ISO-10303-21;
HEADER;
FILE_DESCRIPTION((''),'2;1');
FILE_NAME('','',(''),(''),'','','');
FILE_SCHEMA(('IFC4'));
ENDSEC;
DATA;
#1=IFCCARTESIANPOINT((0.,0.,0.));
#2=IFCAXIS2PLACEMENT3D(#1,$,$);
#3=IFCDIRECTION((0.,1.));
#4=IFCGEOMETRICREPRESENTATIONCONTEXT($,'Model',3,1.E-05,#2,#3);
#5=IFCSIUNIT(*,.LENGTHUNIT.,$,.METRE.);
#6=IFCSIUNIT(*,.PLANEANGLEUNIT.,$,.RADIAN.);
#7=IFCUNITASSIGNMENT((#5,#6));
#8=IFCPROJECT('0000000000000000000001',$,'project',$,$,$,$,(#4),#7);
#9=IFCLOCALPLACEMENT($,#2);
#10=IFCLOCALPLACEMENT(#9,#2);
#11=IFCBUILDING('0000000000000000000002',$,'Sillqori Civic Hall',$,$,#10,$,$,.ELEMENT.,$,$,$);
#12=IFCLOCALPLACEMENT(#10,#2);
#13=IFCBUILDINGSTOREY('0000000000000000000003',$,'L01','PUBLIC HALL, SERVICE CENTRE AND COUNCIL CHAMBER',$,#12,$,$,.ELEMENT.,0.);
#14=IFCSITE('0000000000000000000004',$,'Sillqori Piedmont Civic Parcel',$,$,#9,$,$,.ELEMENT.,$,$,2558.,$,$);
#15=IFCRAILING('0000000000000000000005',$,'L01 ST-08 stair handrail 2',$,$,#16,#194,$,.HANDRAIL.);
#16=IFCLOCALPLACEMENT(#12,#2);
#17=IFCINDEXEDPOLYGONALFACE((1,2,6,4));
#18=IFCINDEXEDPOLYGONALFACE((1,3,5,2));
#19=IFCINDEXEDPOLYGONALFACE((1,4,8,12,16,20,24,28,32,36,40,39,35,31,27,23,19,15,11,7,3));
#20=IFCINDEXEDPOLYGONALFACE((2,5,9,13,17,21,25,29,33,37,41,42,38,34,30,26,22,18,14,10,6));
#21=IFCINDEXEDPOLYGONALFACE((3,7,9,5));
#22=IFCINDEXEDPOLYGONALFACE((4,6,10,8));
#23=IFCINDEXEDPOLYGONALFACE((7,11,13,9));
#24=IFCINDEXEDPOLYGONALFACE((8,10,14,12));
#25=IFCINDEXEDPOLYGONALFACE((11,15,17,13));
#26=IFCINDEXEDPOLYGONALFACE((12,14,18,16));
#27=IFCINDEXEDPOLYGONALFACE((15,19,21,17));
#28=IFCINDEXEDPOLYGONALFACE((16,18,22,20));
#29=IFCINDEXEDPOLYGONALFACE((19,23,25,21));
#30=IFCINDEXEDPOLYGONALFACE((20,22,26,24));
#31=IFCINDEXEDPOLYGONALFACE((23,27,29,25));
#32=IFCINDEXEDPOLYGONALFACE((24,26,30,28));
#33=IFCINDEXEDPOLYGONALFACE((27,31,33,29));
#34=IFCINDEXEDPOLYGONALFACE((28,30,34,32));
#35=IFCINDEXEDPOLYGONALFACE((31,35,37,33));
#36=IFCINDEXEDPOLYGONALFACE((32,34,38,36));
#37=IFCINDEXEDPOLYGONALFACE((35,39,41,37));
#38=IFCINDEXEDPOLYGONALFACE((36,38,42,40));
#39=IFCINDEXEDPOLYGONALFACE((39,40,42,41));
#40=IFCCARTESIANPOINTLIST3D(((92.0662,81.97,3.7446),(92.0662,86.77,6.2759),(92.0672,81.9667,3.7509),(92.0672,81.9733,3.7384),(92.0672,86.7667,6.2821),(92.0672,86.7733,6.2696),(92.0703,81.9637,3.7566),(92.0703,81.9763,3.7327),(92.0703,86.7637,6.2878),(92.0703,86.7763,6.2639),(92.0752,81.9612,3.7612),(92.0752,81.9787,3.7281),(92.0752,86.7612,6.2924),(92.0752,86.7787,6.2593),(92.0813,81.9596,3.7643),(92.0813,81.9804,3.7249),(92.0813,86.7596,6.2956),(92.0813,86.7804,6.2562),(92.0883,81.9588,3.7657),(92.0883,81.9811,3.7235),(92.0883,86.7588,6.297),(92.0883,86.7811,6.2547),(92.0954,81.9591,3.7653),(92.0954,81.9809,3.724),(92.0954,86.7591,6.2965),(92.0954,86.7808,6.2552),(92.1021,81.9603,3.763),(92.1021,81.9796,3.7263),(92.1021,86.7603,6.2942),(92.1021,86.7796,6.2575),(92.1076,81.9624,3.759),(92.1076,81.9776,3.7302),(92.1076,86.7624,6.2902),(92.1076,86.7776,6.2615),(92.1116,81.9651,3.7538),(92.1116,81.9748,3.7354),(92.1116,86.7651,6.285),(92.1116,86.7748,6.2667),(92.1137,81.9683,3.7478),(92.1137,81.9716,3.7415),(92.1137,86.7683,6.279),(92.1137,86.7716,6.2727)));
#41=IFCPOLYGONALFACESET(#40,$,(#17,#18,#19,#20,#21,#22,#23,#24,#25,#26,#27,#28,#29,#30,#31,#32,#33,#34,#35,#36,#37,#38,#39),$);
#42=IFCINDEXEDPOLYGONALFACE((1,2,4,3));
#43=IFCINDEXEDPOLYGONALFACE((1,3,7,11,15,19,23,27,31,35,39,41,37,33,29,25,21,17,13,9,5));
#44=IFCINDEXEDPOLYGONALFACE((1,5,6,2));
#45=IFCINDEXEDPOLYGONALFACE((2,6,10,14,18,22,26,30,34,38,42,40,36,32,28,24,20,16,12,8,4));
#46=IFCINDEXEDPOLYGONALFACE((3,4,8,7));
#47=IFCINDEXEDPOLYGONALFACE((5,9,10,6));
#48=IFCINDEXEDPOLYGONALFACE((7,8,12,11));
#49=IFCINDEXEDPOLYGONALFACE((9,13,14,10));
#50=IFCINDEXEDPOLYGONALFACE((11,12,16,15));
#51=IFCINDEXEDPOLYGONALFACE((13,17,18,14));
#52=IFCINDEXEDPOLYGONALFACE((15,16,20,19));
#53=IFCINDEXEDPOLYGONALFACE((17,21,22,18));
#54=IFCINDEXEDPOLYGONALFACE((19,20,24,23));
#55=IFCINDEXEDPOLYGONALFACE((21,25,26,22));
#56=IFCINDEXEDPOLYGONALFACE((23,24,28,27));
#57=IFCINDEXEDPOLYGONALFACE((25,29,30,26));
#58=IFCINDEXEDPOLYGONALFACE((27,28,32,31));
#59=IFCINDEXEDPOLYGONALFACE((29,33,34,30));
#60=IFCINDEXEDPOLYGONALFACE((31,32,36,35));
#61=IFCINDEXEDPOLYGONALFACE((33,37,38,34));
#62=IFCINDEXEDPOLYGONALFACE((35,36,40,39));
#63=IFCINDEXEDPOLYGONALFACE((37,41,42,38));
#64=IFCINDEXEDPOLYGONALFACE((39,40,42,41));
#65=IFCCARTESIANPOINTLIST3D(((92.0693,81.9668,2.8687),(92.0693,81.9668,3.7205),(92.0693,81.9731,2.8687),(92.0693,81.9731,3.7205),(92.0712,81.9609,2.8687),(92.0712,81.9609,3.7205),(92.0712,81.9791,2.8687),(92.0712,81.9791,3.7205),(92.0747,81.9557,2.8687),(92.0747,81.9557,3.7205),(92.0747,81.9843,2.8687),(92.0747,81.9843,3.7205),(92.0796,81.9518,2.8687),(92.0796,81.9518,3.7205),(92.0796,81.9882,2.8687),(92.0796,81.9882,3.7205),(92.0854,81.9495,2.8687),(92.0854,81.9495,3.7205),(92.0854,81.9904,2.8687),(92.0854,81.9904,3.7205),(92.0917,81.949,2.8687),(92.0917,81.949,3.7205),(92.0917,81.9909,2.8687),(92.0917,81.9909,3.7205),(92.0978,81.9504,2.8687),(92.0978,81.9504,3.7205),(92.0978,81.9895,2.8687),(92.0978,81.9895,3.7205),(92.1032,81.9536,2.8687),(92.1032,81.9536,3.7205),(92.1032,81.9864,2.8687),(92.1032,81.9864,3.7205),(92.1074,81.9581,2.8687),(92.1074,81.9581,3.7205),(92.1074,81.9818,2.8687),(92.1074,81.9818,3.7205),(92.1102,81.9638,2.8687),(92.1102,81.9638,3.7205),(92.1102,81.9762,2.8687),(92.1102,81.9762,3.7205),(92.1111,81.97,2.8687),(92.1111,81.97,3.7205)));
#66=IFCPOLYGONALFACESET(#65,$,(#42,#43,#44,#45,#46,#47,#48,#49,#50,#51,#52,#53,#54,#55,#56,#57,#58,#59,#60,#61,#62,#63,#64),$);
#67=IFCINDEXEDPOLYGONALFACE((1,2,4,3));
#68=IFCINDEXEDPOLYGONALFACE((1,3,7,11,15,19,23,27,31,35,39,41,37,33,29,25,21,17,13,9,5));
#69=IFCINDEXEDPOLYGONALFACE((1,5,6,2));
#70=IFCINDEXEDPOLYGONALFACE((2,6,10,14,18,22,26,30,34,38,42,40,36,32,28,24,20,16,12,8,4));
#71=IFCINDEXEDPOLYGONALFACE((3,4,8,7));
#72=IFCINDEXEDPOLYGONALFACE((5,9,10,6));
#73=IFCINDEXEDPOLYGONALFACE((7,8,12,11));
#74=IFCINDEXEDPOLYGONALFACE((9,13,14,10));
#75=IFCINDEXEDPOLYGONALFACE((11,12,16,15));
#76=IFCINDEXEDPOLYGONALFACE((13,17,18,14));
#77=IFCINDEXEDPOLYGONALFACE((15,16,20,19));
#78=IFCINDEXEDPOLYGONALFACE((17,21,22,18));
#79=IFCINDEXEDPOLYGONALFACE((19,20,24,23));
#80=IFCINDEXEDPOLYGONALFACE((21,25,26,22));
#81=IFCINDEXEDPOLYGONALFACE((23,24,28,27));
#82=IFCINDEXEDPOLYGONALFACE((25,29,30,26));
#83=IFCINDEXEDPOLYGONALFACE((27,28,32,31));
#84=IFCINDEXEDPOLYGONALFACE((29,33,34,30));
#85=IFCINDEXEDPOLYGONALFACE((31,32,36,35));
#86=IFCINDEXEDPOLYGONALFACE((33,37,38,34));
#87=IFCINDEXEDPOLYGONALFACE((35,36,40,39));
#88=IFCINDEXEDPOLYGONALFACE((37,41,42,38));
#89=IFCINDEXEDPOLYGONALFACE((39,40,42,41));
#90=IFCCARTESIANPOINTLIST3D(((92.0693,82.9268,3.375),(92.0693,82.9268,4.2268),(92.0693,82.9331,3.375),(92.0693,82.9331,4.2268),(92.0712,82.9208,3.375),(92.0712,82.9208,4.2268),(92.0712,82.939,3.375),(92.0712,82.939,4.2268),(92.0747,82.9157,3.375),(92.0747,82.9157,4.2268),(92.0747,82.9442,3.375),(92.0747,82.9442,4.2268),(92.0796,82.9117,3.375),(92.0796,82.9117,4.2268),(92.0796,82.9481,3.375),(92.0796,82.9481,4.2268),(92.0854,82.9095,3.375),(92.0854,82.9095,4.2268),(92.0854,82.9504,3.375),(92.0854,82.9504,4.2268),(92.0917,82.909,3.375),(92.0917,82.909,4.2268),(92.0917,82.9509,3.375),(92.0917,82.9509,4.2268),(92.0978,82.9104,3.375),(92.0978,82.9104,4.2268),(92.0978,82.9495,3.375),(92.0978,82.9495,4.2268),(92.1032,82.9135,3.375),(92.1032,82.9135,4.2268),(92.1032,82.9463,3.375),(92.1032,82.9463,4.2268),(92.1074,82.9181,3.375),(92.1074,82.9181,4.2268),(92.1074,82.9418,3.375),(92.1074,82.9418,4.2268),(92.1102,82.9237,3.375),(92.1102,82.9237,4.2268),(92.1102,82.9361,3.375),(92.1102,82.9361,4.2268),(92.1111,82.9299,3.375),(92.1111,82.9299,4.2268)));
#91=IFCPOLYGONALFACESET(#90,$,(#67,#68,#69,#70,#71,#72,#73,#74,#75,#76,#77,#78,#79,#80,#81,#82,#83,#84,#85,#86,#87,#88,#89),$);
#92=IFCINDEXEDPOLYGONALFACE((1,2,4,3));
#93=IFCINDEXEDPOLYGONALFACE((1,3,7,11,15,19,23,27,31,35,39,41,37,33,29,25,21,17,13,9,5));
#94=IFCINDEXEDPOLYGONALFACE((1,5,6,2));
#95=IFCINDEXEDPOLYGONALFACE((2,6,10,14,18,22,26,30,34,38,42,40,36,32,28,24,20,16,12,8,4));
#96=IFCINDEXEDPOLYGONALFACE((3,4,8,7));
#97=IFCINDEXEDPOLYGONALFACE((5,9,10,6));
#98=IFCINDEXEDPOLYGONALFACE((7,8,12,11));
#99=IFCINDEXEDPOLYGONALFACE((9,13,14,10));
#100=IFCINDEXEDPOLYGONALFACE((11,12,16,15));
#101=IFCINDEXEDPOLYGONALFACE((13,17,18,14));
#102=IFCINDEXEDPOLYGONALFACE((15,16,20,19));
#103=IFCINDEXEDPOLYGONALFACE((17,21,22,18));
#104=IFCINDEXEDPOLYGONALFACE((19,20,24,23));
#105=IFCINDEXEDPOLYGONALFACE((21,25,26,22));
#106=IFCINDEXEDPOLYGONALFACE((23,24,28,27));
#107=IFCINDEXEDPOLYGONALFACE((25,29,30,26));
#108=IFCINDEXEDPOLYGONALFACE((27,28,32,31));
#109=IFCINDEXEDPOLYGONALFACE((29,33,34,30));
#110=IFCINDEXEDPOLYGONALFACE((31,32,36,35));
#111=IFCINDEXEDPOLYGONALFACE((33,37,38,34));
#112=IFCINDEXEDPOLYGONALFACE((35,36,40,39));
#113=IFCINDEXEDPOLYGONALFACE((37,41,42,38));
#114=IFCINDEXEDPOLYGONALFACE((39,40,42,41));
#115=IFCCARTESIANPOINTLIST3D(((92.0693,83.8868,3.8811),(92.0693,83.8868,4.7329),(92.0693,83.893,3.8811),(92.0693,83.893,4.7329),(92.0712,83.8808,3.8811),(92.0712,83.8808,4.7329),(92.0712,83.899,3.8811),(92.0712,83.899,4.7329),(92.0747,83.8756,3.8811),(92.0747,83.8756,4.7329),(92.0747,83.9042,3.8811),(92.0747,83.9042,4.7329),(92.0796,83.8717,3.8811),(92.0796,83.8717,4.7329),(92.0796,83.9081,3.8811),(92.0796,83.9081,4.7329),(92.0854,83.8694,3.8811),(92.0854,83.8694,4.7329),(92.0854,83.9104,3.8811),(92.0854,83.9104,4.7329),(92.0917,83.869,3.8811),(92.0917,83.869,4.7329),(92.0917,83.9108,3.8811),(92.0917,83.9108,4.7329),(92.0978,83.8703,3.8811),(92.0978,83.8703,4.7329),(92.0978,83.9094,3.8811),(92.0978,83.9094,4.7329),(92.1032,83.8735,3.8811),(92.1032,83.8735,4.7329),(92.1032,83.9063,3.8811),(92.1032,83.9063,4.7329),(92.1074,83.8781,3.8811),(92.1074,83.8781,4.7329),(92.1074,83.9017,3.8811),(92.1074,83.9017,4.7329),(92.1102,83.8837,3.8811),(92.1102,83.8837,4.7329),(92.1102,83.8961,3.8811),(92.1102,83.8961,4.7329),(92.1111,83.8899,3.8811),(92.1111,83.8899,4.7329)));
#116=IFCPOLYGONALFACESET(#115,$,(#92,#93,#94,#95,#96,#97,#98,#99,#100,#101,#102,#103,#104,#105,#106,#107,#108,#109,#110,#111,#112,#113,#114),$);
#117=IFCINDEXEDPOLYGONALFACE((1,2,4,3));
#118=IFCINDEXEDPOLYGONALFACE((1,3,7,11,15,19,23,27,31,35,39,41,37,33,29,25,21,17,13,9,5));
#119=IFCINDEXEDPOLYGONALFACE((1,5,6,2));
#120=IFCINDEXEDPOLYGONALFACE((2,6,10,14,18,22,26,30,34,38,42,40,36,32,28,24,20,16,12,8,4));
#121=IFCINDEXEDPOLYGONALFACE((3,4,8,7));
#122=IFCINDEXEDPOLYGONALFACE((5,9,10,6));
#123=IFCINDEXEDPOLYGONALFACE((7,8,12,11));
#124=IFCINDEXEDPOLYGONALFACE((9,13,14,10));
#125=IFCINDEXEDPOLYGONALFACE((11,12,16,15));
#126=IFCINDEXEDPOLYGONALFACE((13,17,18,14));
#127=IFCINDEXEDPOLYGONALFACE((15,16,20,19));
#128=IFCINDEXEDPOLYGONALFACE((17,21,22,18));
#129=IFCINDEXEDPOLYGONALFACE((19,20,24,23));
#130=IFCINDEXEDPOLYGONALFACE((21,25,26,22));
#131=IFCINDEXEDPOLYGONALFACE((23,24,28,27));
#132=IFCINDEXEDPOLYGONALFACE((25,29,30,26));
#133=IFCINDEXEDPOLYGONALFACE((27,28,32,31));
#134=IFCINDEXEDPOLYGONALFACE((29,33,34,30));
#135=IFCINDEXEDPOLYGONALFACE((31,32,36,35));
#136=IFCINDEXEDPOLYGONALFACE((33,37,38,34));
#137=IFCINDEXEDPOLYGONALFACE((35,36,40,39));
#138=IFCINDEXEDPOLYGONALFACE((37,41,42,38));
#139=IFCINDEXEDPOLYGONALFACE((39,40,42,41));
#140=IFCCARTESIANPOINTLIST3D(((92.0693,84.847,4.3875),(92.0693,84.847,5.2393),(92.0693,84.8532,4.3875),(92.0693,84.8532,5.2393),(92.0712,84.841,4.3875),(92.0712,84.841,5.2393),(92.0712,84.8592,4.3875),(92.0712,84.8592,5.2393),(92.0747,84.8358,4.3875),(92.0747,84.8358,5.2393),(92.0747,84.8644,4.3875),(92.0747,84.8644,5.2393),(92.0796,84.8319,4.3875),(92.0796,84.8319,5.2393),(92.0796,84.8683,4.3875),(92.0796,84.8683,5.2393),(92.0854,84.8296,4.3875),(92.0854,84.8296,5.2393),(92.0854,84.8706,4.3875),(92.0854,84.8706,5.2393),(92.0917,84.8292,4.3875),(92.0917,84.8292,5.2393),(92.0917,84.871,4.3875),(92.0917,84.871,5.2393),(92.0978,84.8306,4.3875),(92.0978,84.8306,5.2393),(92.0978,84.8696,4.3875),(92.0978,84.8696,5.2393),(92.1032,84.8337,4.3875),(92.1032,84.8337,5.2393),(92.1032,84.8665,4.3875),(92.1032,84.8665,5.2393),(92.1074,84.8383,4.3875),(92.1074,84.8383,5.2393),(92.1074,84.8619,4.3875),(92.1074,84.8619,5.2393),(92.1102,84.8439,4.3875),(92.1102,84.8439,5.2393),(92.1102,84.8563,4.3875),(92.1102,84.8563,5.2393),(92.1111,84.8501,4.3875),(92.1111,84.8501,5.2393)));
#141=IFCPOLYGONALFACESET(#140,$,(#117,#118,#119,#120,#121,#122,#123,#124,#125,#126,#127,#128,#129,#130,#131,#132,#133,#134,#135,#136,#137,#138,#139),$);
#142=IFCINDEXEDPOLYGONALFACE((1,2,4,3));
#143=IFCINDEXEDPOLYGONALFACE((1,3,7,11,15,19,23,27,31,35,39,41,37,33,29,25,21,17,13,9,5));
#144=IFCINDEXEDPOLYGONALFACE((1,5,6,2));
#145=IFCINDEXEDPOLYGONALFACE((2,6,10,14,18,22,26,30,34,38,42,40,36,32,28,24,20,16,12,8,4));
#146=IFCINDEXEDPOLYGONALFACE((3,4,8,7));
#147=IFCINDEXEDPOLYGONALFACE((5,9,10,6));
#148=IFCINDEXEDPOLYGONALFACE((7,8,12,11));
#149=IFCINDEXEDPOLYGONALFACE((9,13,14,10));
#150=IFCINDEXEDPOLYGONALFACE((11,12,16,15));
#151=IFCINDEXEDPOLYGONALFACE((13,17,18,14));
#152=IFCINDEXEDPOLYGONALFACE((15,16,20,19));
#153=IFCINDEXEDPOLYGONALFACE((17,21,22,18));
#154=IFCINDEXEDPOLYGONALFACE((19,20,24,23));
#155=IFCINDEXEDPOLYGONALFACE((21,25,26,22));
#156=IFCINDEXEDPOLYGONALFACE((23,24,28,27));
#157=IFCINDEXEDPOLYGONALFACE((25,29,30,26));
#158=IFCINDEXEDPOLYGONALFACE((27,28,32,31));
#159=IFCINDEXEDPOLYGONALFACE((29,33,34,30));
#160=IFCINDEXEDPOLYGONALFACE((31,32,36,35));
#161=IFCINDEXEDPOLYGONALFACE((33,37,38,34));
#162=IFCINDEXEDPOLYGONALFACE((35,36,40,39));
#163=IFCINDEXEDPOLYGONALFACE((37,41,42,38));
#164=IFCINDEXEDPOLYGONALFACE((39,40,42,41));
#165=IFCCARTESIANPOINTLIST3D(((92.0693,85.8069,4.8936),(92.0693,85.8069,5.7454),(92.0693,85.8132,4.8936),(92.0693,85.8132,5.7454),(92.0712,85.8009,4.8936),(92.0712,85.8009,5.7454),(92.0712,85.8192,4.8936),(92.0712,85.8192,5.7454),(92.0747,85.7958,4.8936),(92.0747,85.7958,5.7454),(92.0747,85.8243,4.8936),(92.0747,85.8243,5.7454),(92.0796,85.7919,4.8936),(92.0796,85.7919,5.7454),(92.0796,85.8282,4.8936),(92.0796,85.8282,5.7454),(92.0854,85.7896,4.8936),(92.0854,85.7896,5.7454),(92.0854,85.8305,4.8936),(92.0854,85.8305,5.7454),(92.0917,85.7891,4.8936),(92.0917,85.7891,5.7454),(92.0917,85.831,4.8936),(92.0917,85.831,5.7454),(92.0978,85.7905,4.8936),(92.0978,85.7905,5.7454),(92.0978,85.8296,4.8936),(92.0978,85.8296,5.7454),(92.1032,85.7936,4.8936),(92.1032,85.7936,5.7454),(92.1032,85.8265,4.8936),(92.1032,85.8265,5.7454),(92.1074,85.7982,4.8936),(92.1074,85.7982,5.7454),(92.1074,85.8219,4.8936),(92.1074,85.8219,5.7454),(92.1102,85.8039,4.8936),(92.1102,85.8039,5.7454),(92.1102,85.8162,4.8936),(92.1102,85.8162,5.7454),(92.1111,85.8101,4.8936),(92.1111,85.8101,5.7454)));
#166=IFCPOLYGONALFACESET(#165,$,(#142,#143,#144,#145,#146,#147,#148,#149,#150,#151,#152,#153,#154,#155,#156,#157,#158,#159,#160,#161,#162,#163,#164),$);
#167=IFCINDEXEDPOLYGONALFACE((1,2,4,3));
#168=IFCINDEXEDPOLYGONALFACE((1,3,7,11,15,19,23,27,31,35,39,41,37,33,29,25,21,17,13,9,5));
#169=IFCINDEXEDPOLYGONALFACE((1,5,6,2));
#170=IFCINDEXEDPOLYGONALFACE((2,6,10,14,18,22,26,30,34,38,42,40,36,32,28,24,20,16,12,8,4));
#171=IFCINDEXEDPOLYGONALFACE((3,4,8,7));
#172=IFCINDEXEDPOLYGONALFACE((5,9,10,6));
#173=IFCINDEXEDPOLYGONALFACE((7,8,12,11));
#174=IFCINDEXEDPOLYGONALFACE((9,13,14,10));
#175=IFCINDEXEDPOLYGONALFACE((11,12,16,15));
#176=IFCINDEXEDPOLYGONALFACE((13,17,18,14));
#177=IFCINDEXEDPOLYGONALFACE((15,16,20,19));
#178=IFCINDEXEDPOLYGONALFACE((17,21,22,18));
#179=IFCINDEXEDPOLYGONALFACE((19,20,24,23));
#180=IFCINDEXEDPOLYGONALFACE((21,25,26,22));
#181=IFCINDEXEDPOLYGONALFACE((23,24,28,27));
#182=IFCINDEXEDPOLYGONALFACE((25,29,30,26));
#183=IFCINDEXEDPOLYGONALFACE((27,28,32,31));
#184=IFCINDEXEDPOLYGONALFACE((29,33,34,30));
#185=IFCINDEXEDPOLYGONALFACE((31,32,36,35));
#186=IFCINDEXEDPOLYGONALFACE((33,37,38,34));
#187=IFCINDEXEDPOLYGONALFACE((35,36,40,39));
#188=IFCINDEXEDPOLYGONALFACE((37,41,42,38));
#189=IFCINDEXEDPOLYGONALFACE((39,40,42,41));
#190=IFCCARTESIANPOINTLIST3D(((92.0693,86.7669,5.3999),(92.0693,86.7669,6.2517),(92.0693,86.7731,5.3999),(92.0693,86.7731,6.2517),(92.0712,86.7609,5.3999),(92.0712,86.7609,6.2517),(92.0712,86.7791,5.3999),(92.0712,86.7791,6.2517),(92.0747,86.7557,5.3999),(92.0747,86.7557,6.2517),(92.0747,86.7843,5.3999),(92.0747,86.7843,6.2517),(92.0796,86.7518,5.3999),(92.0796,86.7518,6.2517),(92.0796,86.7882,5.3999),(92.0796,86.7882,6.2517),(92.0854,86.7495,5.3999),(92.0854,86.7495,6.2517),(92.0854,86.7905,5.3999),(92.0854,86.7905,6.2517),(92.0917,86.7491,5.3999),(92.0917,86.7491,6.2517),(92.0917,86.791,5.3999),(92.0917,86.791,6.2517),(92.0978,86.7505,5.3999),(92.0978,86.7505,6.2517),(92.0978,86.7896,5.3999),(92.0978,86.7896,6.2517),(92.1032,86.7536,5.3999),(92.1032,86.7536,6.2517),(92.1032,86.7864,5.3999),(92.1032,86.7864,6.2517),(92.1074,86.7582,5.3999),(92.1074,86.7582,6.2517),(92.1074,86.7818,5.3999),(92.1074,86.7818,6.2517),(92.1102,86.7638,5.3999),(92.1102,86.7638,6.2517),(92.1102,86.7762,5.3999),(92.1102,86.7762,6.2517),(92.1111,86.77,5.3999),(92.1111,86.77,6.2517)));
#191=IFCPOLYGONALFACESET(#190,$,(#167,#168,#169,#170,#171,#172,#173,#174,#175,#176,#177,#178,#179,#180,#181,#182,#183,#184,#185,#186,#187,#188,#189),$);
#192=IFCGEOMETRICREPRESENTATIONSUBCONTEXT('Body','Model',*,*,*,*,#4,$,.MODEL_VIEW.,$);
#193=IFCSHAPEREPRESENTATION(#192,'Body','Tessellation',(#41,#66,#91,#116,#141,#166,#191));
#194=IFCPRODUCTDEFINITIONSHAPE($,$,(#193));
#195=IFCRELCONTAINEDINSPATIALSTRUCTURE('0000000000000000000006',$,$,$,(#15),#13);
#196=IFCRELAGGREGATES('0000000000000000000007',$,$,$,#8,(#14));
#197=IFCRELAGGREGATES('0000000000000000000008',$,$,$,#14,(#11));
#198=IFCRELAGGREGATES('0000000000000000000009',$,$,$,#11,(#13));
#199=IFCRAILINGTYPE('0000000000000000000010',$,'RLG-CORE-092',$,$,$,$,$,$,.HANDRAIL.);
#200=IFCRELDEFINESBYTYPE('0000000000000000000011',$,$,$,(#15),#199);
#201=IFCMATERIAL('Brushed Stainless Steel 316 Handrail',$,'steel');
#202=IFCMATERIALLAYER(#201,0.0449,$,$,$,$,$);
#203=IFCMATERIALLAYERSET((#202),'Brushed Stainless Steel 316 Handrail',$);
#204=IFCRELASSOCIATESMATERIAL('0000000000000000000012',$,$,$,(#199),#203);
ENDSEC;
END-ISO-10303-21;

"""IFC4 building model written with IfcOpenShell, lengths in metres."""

from ifc_helpers import new_model, si_unit, direction, frame, origin, origin_2d, place, context, subcontext, project, spatial, circle, extrude, material, layer, layer_set, type_object, element, save


model = new_model("IFC4")

# Units and contexts
model_context = context("Model", 3, precision=1e-05, world=origin(), true_north=direction((0.0, 1.0)))
body_context = subcontext(model_context, "Body", "Model", "MODEL_VIEW")
ifc_project = project(units=[si_unit("LENGTHUNIT", "METRE"), si_unit("PLANEANGLEUNIT", "RADIAN")], contexts=[model_context])

# Site, building, storey
site_placement = place(None, origin())
site = spatial("IfcSite", under=ifc_project, at=site_placement, Name="Sillqori Piedmont Civic Parcel", CompositionType="ELEMENT", RefElevation=2558.0)
building_placement = place(site_placement, origin())
building = spatial("IfcBuilding", under=site, at=building_placement, Name="Sillqori Civic Hall", CompositionType="ELEMENT")
storey_placement = place(building_placement, origin())
storey = spatial("IfcBuildingStorey", under=building, at=storey_placement, Name="L01", Description="PUBLIC HALL, SERVICE CENTRE AND COUNCIL CHAMBER", CompositionType="ELEMENT", Elevation=0.0)

# Railing
ifc_material_1 = material(Name="Brushed Stainless Steel 316 Handrail", Category="steel")
ifc_layer_1 = layer(ifc_material_1, 0.0449)
ifc_layer_set_1 = layer_set([ifc_layer_1], Name="Brushed Stainless Steel 316 Handrail")
railing_type_1 = type_object("IfcRailingType", Name="RLG-CORE-092", PredefinedType="HANDRAIL", material=ifc_layer_set_1)
railing_1_placement = place(storey_placement, frame((92.0901, 81.97, 2.8687)))
element("IfcRailing", 1, at=railing_1_placement, inside=storey, type_object=railing_type_1, Name="L01 ST-08 stair handrail 2", PredefinedType="HANDRAIL", context=body_context, shape_type="SweptSolid", body=[
    extrude(circle(Radius=0.0239, at=origin_2d()), frame((0.0, 0.0, 0.876), z_axis=(0.0, 0.884545, 0.466455), x_axis=(-1.0, 0.0, 0.0)), (0.0, 0.0, 1.0), 5.4265),
    extrude(circle(Radius=0.021, at=origin_2d()), origin(), (0.0, 0.0, 1.0), 0.8518),
    extrude(circle(Radius=0.021, at=origin_2d()), frame((0.0, 0.96, 0.5063)), (0.0, 0.0, 1.0), 0.8518),
    extrude(circle(Radius=0.021, at=origin_2d()), frame((0.0, 1.9199, 1.0125)), (0.0, 0.0, 1.0), 0.8518),
    extrude(circle(Radius=0.021, at=origin_2d()), frame((0.0, 2.8801, 1.5188)), (0.0, 0.0, 1.0), 0.8518),
    extrude(circle(Radius=0.021, at=origin_2d()), frame((0.0, 3.8401, 2.0249)), (0.0, 0.0, 1.0), 0.8518),
    extrude(circle(Radius=0.021, at=origin_2d()), frame((0.0, 4.8, 2.5312)), (0.0, 0.0, 1.0), 0.8518),
])

save(model, "model.ifc")
